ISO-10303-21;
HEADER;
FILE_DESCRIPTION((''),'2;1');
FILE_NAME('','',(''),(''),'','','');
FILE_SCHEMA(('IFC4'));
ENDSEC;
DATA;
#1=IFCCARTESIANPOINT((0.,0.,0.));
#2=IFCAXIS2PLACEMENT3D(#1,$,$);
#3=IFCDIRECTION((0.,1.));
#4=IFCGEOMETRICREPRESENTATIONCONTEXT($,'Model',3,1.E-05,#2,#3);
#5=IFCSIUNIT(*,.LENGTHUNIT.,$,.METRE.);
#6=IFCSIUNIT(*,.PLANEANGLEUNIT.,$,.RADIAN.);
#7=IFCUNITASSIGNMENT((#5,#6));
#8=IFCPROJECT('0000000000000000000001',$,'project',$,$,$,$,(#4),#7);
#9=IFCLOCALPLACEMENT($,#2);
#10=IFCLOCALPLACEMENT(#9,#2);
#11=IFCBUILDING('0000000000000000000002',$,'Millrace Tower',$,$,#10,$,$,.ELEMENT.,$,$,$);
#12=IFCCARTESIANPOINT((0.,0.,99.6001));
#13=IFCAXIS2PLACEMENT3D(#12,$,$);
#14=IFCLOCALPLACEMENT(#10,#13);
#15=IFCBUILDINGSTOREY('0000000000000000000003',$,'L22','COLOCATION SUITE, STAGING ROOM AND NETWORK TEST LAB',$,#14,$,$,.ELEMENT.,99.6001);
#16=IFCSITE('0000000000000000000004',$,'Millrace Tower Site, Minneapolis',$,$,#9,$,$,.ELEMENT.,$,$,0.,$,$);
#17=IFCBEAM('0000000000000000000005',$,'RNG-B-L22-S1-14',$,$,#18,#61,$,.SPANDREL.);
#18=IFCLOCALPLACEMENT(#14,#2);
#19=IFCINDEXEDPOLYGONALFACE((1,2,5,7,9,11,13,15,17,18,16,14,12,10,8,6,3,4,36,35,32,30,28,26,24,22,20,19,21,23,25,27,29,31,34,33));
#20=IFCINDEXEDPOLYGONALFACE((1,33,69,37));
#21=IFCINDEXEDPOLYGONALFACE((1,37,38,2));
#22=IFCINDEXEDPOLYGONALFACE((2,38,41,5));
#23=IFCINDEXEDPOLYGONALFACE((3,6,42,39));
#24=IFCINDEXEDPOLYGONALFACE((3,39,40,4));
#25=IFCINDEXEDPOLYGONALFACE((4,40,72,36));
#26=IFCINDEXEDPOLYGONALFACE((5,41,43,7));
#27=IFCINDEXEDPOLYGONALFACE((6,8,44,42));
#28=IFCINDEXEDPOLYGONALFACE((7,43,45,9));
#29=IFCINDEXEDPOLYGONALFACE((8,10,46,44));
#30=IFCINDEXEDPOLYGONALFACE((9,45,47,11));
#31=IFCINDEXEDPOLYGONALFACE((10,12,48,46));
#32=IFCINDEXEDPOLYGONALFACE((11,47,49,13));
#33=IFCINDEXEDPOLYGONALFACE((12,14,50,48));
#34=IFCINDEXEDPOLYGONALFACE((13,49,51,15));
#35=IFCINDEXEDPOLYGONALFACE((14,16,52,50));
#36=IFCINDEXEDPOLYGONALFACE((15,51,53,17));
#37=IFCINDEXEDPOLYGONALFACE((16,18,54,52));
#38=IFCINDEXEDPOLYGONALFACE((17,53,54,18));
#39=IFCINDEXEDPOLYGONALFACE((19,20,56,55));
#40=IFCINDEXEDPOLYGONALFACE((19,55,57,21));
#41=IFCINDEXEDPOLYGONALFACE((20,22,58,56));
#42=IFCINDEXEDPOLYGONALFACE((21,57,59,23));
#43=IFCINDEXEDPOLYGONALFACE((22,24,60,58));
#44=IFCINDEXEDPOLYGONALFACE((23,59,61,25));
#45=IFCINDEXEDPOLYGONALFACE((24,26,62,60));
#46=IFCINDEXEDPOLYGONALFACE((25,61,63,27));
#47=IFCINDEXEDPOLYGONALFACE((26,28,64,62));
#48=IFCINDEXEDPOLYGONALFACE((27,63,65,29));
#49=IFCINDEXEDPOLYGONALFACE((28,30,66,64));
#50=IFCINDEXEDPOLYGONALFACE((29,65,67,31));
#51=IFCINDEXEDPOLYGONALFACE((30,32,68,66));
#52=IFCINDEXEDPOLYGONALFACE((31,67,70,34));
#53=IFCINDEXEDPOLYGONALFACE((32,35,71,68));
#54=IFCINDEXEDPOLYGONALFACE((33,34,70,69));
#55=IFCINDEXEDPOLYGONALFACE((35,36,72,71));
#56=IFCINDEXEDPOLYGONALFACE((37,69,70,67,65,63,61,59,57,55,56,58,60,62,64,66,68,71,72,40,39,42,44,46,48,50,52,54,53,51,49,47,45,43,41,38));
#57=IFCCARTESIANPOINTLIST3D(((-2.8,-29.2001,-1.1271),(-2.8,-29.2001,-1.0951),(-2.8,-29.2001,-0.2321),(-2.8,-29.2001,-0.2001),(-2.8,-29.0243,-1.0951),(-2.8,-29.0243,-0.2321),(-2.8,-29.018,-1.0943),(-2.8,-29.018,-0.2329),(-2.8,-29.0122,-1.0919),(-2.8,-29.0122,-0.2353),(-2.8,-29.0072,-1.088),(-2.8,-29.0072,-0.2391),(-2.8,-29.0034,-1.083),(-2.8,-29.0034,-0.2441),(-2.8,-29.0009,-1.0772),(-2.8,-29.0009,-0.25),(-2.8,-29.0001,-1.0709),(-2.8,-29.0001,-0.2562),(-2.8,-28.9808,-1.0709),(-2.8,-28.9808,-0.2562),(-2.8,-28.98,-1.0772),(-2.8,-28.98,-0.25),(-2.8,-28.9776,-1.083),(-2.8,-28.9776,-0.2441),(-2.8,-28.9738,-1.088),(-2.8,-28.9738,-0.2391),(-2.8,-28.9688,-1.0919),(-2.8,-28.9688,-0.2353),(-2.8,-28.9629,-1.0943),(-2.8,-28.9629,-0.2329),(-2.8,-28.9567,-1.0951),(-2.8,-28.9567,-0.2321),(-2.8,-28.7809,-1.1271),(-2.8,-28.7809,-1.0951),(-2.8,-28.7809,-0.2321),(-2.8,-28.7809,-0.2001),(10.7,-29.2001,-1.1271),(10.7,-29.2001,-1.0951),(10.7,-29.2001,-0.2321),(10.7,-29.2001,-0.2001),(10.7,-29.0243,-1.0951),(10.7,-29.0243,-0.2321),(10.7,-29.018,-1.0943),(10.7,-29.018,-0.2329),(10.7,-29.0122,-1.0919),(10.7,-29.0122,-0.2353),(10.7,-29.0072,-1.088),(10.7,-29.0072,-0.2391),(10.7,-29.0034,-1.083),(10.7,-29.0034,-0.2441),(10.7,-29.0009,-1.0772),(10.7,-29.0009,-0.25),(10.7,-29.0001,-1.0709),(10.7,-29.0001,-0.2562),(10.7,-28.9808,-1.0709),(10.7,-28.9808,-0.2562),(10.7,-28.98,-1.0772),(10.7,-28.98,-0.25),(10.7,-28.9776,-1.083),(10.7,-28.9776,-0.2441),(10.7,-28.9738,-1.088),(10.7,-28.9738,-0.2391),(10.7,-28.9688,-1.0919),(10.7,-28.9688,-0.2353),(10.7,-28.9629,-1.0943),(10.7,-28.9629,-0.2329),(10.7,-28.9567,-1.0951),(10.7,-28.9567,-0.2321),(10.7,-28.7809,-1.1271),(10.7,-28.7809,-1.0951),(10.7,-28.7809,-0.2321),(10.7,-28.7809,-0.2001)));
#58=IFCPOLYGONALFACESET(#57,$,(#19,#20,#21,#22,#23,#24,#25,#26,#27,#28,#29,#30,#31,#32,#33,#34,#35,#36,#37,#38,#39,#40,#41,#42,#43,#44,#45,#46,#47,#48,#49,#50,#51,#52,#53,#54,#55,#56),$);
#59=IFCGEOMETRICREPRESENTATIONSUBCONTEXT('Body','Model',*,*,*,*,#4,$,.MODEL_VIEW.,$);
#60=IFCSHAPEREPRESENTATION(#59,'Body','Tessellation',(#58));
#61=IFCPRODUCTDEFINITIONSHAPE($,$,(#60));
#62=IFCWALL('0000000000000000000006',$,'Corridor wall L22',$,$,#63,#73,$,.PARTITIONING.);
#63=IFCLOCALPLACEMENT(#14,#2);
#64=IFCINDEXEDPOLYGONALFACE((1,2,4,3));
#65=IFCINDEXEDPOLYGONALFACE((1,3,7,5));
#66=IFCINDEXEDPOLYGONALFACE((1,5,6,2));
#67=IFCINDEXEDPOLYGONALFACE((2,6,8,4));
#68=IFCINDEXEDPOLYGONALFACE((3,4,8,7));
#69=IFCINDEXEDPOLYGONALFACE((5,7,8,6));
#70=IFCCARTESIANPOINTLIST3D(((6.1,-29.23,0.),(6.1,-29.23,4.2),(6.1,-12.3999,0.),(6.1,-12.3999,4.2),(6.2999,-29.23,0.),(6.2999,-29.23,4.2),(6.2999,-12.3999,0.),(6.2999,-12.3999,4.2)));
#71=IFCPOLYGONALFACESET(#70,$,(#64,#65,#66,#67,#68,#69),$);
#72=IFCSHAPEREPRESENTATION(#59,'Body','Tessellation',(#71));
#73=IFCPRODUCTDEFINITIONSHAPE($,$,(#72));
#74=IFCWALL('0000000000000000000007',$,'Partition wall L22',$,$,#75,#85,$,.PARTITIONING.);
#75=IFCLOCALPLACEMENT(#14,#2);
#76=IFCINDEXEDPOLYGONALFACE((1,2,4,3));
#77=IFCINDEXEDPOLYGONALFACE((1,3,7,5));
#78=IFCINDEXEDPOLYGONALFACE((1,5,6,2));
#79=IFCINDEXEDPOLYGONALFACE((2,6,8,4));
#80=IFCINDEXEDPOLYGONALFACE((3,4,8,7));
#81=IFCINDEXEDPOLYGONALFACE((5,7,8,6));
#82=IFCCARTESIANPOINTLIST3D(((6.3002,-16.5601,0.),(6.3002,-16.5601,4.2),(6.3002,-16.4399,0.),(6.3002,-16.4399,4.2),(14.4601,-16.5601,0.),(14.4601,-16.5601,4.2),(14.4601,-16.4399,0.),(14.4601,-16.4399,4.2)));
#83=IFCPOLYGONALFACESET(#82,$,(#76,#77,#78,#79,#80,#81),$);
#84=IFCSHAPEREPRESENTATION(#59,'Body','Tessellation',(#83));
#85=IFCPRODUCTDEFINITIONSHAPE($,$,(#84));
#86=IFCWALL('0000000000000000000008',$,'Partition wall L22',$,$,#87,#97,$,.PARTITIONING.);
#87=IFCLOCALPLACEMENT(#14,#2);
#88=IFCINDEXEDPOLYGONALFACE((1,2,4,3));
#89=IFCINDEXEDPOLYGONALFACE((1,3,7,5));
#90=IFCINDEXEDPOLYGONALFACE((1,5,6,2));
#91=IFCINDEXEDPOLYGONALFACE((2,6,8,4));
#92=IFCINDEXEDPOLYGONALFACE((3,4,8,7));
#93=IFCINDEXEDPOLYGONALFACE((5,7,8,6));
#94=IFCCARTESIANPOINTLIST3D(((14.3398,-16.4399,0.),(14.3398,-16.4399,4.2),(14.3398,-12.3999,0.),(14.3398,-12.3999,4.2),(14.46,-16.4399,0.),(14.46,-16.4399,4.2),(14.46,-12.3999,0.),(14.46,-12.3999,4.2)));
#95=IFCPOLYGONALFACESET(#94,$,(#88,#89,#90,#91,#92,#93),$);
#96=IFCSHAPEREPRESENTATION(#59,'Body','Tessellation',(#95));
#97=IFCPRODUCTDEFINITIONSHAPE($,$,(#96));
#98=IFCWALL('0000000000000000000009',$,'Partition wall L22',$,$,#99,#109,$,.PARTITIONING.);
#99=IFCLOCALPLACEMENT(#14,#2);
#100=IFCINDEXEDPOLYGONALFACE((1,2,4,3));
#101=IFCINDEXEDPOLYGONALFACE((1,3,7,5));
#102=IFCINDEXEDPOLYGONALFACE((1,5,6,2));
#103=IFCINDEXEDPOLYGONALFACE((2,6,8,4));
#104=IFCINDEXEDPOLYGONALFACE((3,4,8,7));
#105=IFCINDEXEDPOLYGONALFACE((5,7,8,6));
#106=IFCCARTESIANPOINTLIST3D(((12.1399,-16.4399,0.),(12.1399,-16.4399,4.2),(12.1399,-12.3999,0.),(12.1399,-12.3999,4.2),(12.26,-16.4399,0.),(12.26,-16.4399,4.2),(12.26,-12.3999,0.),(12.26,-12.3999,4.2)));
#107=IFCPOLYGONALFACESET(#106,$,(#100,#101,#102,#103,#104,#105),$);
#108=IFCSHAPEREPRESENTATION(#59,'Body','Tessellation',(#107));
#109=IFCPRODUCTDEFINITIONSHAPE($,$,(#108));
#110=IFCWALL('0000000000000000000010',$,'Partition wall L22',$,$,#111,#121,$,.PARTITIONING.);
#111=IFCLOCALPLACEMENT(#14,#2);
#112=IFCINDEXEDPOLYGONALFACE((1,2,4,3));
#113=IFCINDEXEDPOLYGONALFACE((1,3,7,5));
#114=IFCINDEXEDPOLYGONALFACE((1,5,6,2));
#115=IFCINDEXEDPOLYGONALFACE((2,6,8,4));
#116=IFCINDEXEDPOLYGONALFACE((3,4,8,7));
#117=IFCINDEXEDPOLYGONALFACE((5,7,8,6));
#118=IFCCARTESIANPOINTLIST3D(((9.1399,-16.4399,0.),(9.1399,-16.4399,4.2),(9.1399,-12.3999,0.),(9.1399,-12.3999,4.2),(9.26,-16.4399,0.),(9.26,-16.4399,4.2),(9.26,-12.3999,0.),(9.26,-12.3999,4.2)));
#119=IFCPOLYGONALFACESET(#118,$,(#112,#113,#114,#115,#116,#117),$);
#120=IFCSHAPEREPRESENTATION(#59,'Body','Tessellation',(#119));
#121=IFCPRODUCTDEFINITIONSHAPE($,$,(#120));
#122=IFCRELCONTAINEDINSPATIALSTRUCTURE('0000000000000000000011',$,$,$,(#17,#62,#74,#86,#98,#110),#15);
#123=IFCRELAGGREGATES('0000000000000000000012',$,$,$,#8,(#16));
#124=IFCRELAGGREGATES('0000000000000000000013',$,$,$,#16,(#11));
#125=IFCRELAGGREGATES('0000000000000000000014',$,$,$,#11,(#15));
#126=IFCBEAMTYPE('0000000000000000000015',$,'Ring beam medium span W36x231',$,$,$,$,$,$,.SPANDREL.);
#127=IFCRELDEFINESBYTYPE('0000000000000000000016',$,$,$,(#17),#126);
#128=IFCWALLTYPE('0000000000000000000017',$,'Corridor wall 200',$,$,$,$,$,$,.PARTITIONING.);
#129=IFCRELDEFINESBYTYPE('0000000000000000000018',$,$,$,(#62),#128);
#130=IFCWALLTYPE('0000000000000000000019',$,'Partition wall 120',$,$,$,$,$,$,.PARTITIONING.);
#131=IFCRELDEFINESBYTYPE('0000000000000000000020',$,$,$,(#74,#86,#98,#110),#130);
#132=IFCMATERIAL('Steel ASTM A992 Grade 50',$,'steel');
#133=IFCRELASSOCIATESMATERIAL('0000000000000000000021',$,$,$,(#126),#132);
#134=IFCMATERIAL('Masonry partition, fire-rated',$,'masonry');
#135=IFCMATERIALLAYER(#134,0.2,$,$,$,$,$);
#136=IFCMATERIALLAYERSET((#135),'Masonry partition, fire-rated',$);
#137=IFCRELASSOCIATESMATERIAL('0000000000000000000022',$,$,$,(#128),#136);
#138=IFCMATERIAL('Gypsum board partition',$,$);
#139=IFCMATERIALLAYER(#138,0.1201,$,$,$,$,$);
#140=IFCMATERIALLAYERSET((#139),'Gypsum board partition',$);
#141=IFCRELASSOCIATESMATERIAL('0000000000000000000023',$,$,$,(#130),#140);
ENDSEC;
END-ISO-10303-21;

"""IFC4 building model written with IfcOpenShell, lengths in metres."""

from ifc_helpers import new_model, si_unit, direction, frame, frame_2d, origin, origin_2d, place, context, subcontext, project, spatial, rectangle, i_section, extrude, material, layer, layer_set, material_profile, profile_set, type_object, element, save


model = new_model("IFC4")

# Units and contexts
model_context = context("Model", 3, precision=1e-05, world=origin(), true_north=direction((0.0, 1.0)))
body_context = subcontext(model_context, "Body", "Model", "MODEL_VIEW")
ifc_project = project(units=[si_unit("LENGTHUNIT", "METRE"), si_unit("PLANEANGLEUNIT", "RADIAN")], contexts=[model_context])

# Site, building, storey
site_placement = place(None, origin())
site = spatial("IfcSite", under=ifc_project, at=site_placement, Name="Millrace Tower Site, Minneapolis", CompositionType="ELEMENT", RefElevation=0.0)
building_placement = place(site_placement, origin())
building = spatial("IfcBuilding", under=site, at=building_placement, Name="Millrace Tower", CompositionType="ELEMENT")
storey_placement = place(building_placement, frame((0.0, 0.0, 99.6001)))
storey = spatial("IfcBuildingStorey", under=building, at=storey_placement, Name="L22", Description="COLOCATION SUITE, STAGING ROOM AND NETWORK TEST LAB", CompositionType="ELEMENT", Elevation=99.6001)

# Beam
ifc_material_1 = material(Name="Steel ASTM A992 Grade 50", Category="steel")
ifc_material_profile_1 = material_profile(ifc_material_1, i_section(OverallWidth=0.4192, OverallDepth=0.927, WebThickness=0.0193, FlangeThickness=0.032, FilletRadius=0.0242, at=origin_2d()))
ifc_profile_set_1 = profile_set([ifc_material_profile_1], Name="Steel ASTM A992 Grade 50")
beam_type_1 = type_object("IfcBeamType", Name="Ring beam medium span W36x231", PredefinedType="SPANDREL", material=ifc_profile_set_1)
beam_1_placement = place(storey_placement, frame((10.7, -28.9905, -0.6636), z_axis=(-1.0, 0.0, 0.0), x_axis=(0.0, -1.0, 0.0)))
element("IfcBeam", 1, at=beam_1_placement, inside=storey, type_object=beam_type_1, Name="RNG-B-L22-S1-14", PredefinedType="SPANDREL", context=body_context, shape_type="SweptSolid", body=[
    extrude(i_section(OverallWidth=0.4192, OverallDepth=0.927, WebThickness=0.0193, FlangeThickness=0.032, FilletRadius=0.0242, at=origin_2d()), origin(), (0.0, 0.0, 1.0), 13.5),
])

# Walls
ifc_material_2 = material(Name="Masonry partition, fire-rated", Category="masonry")
ifc_layer_1 = layer(ifc_material_2, 0.2)
ifc_layer_set_1 = layer_set([ifc_layer_1], Name="Masonry partition, fire-rated")
wall_type_1 = type_object("IfcWallType", Name="Corridor wall 200", PredefinedType="PARTITIONING", material=ifc_layer_set_1)
wall_1_placement = place(storey_placement, frame((6.2, -29.23, 0.0), z_axis=(0.0, 0.0, 1.0), x_axis=(0.0, 1.0, 0.0)))
element("IfcWall", 2, at=wall_1_placement, inside=storey, type_object=wall_type_1, Name="Corridor wall L22", PredefinedType="PARTITIONING", context=body_context, shape_type="SweptSolid", body=[
    extrude(rectangle(XDim=16.8301, YDim=0.2, at=frame_2d((8.415, 0.0))), origin(), (0.0, 0.0, 1.0), 4.2),
])
ifc_material_3 = material(Name="Gypsum board partition")
ifc_layer_2 = layer(ifc_material_3, 0.1201)
ifc_layer_set_2 = layer_set([ifc_layer_2], Name="Gypsum board partition")
wall_type_2 = type_object("IfcWallType", Name="Partition wall 120", PredefinedType="PARTITIONING", material=ifc_layer_set_2)
wall_2_placement = place(storey_placement, frame((6.3, -16.5, 0.0), z_axis=(0.0, 0.0, 1.0), x_axis=(1.0, 0.0, 0.0)))
element("IfcWall", 3, at=wall_2_placement, inside=storey, type_object=wall_type_2, Name="Partition wall L22", PredefinedType="PARTITIONING", context=body_context, shape_type="SweptSolid", body=[
    extrude(rectangle(XDim=8.1599, YDim=0.1201, at=frame_2d((4.0801, 0.0))), origin(), (0.0, 0.0, 1.0), 4.2),
])
for number, where, z_axis, x_axis, name in (
    (4, (14.3999, -16.4399, 0.0), (0.0, 0.0, 1.0), (0.0, 1.0, 0.0), "Partition wall L22"),
    (5, (12.2, -16.4399, 0.0), (0.0, 0.0, 1.0), (0.0, 1.0, 0.0), "Partition wall L22"),
    (6, (9.2, -16.4399, 0.0), (0.0, 0.0, 1.0), (0.0, 1.0, 0.0), "Partition wall L22"),
):
    element("IfcWall", number, at=place(storey_placement, frame(where, z_axis=z_axis, x_axis=x_axis)), inside=storey, type_object=wall_type_2, Name=name, PredefinedType="PARTITIONING", context=body_context, shape_type="SweptSolid", body=[
        extrude(rectangle(XDim=4.04, YDim=0.1201, at=frame_2d((2.02, 0.0))), origin(), (0.0, 0.0, 1.0), 4.2),
    ])

save(model, "model.ifc")
